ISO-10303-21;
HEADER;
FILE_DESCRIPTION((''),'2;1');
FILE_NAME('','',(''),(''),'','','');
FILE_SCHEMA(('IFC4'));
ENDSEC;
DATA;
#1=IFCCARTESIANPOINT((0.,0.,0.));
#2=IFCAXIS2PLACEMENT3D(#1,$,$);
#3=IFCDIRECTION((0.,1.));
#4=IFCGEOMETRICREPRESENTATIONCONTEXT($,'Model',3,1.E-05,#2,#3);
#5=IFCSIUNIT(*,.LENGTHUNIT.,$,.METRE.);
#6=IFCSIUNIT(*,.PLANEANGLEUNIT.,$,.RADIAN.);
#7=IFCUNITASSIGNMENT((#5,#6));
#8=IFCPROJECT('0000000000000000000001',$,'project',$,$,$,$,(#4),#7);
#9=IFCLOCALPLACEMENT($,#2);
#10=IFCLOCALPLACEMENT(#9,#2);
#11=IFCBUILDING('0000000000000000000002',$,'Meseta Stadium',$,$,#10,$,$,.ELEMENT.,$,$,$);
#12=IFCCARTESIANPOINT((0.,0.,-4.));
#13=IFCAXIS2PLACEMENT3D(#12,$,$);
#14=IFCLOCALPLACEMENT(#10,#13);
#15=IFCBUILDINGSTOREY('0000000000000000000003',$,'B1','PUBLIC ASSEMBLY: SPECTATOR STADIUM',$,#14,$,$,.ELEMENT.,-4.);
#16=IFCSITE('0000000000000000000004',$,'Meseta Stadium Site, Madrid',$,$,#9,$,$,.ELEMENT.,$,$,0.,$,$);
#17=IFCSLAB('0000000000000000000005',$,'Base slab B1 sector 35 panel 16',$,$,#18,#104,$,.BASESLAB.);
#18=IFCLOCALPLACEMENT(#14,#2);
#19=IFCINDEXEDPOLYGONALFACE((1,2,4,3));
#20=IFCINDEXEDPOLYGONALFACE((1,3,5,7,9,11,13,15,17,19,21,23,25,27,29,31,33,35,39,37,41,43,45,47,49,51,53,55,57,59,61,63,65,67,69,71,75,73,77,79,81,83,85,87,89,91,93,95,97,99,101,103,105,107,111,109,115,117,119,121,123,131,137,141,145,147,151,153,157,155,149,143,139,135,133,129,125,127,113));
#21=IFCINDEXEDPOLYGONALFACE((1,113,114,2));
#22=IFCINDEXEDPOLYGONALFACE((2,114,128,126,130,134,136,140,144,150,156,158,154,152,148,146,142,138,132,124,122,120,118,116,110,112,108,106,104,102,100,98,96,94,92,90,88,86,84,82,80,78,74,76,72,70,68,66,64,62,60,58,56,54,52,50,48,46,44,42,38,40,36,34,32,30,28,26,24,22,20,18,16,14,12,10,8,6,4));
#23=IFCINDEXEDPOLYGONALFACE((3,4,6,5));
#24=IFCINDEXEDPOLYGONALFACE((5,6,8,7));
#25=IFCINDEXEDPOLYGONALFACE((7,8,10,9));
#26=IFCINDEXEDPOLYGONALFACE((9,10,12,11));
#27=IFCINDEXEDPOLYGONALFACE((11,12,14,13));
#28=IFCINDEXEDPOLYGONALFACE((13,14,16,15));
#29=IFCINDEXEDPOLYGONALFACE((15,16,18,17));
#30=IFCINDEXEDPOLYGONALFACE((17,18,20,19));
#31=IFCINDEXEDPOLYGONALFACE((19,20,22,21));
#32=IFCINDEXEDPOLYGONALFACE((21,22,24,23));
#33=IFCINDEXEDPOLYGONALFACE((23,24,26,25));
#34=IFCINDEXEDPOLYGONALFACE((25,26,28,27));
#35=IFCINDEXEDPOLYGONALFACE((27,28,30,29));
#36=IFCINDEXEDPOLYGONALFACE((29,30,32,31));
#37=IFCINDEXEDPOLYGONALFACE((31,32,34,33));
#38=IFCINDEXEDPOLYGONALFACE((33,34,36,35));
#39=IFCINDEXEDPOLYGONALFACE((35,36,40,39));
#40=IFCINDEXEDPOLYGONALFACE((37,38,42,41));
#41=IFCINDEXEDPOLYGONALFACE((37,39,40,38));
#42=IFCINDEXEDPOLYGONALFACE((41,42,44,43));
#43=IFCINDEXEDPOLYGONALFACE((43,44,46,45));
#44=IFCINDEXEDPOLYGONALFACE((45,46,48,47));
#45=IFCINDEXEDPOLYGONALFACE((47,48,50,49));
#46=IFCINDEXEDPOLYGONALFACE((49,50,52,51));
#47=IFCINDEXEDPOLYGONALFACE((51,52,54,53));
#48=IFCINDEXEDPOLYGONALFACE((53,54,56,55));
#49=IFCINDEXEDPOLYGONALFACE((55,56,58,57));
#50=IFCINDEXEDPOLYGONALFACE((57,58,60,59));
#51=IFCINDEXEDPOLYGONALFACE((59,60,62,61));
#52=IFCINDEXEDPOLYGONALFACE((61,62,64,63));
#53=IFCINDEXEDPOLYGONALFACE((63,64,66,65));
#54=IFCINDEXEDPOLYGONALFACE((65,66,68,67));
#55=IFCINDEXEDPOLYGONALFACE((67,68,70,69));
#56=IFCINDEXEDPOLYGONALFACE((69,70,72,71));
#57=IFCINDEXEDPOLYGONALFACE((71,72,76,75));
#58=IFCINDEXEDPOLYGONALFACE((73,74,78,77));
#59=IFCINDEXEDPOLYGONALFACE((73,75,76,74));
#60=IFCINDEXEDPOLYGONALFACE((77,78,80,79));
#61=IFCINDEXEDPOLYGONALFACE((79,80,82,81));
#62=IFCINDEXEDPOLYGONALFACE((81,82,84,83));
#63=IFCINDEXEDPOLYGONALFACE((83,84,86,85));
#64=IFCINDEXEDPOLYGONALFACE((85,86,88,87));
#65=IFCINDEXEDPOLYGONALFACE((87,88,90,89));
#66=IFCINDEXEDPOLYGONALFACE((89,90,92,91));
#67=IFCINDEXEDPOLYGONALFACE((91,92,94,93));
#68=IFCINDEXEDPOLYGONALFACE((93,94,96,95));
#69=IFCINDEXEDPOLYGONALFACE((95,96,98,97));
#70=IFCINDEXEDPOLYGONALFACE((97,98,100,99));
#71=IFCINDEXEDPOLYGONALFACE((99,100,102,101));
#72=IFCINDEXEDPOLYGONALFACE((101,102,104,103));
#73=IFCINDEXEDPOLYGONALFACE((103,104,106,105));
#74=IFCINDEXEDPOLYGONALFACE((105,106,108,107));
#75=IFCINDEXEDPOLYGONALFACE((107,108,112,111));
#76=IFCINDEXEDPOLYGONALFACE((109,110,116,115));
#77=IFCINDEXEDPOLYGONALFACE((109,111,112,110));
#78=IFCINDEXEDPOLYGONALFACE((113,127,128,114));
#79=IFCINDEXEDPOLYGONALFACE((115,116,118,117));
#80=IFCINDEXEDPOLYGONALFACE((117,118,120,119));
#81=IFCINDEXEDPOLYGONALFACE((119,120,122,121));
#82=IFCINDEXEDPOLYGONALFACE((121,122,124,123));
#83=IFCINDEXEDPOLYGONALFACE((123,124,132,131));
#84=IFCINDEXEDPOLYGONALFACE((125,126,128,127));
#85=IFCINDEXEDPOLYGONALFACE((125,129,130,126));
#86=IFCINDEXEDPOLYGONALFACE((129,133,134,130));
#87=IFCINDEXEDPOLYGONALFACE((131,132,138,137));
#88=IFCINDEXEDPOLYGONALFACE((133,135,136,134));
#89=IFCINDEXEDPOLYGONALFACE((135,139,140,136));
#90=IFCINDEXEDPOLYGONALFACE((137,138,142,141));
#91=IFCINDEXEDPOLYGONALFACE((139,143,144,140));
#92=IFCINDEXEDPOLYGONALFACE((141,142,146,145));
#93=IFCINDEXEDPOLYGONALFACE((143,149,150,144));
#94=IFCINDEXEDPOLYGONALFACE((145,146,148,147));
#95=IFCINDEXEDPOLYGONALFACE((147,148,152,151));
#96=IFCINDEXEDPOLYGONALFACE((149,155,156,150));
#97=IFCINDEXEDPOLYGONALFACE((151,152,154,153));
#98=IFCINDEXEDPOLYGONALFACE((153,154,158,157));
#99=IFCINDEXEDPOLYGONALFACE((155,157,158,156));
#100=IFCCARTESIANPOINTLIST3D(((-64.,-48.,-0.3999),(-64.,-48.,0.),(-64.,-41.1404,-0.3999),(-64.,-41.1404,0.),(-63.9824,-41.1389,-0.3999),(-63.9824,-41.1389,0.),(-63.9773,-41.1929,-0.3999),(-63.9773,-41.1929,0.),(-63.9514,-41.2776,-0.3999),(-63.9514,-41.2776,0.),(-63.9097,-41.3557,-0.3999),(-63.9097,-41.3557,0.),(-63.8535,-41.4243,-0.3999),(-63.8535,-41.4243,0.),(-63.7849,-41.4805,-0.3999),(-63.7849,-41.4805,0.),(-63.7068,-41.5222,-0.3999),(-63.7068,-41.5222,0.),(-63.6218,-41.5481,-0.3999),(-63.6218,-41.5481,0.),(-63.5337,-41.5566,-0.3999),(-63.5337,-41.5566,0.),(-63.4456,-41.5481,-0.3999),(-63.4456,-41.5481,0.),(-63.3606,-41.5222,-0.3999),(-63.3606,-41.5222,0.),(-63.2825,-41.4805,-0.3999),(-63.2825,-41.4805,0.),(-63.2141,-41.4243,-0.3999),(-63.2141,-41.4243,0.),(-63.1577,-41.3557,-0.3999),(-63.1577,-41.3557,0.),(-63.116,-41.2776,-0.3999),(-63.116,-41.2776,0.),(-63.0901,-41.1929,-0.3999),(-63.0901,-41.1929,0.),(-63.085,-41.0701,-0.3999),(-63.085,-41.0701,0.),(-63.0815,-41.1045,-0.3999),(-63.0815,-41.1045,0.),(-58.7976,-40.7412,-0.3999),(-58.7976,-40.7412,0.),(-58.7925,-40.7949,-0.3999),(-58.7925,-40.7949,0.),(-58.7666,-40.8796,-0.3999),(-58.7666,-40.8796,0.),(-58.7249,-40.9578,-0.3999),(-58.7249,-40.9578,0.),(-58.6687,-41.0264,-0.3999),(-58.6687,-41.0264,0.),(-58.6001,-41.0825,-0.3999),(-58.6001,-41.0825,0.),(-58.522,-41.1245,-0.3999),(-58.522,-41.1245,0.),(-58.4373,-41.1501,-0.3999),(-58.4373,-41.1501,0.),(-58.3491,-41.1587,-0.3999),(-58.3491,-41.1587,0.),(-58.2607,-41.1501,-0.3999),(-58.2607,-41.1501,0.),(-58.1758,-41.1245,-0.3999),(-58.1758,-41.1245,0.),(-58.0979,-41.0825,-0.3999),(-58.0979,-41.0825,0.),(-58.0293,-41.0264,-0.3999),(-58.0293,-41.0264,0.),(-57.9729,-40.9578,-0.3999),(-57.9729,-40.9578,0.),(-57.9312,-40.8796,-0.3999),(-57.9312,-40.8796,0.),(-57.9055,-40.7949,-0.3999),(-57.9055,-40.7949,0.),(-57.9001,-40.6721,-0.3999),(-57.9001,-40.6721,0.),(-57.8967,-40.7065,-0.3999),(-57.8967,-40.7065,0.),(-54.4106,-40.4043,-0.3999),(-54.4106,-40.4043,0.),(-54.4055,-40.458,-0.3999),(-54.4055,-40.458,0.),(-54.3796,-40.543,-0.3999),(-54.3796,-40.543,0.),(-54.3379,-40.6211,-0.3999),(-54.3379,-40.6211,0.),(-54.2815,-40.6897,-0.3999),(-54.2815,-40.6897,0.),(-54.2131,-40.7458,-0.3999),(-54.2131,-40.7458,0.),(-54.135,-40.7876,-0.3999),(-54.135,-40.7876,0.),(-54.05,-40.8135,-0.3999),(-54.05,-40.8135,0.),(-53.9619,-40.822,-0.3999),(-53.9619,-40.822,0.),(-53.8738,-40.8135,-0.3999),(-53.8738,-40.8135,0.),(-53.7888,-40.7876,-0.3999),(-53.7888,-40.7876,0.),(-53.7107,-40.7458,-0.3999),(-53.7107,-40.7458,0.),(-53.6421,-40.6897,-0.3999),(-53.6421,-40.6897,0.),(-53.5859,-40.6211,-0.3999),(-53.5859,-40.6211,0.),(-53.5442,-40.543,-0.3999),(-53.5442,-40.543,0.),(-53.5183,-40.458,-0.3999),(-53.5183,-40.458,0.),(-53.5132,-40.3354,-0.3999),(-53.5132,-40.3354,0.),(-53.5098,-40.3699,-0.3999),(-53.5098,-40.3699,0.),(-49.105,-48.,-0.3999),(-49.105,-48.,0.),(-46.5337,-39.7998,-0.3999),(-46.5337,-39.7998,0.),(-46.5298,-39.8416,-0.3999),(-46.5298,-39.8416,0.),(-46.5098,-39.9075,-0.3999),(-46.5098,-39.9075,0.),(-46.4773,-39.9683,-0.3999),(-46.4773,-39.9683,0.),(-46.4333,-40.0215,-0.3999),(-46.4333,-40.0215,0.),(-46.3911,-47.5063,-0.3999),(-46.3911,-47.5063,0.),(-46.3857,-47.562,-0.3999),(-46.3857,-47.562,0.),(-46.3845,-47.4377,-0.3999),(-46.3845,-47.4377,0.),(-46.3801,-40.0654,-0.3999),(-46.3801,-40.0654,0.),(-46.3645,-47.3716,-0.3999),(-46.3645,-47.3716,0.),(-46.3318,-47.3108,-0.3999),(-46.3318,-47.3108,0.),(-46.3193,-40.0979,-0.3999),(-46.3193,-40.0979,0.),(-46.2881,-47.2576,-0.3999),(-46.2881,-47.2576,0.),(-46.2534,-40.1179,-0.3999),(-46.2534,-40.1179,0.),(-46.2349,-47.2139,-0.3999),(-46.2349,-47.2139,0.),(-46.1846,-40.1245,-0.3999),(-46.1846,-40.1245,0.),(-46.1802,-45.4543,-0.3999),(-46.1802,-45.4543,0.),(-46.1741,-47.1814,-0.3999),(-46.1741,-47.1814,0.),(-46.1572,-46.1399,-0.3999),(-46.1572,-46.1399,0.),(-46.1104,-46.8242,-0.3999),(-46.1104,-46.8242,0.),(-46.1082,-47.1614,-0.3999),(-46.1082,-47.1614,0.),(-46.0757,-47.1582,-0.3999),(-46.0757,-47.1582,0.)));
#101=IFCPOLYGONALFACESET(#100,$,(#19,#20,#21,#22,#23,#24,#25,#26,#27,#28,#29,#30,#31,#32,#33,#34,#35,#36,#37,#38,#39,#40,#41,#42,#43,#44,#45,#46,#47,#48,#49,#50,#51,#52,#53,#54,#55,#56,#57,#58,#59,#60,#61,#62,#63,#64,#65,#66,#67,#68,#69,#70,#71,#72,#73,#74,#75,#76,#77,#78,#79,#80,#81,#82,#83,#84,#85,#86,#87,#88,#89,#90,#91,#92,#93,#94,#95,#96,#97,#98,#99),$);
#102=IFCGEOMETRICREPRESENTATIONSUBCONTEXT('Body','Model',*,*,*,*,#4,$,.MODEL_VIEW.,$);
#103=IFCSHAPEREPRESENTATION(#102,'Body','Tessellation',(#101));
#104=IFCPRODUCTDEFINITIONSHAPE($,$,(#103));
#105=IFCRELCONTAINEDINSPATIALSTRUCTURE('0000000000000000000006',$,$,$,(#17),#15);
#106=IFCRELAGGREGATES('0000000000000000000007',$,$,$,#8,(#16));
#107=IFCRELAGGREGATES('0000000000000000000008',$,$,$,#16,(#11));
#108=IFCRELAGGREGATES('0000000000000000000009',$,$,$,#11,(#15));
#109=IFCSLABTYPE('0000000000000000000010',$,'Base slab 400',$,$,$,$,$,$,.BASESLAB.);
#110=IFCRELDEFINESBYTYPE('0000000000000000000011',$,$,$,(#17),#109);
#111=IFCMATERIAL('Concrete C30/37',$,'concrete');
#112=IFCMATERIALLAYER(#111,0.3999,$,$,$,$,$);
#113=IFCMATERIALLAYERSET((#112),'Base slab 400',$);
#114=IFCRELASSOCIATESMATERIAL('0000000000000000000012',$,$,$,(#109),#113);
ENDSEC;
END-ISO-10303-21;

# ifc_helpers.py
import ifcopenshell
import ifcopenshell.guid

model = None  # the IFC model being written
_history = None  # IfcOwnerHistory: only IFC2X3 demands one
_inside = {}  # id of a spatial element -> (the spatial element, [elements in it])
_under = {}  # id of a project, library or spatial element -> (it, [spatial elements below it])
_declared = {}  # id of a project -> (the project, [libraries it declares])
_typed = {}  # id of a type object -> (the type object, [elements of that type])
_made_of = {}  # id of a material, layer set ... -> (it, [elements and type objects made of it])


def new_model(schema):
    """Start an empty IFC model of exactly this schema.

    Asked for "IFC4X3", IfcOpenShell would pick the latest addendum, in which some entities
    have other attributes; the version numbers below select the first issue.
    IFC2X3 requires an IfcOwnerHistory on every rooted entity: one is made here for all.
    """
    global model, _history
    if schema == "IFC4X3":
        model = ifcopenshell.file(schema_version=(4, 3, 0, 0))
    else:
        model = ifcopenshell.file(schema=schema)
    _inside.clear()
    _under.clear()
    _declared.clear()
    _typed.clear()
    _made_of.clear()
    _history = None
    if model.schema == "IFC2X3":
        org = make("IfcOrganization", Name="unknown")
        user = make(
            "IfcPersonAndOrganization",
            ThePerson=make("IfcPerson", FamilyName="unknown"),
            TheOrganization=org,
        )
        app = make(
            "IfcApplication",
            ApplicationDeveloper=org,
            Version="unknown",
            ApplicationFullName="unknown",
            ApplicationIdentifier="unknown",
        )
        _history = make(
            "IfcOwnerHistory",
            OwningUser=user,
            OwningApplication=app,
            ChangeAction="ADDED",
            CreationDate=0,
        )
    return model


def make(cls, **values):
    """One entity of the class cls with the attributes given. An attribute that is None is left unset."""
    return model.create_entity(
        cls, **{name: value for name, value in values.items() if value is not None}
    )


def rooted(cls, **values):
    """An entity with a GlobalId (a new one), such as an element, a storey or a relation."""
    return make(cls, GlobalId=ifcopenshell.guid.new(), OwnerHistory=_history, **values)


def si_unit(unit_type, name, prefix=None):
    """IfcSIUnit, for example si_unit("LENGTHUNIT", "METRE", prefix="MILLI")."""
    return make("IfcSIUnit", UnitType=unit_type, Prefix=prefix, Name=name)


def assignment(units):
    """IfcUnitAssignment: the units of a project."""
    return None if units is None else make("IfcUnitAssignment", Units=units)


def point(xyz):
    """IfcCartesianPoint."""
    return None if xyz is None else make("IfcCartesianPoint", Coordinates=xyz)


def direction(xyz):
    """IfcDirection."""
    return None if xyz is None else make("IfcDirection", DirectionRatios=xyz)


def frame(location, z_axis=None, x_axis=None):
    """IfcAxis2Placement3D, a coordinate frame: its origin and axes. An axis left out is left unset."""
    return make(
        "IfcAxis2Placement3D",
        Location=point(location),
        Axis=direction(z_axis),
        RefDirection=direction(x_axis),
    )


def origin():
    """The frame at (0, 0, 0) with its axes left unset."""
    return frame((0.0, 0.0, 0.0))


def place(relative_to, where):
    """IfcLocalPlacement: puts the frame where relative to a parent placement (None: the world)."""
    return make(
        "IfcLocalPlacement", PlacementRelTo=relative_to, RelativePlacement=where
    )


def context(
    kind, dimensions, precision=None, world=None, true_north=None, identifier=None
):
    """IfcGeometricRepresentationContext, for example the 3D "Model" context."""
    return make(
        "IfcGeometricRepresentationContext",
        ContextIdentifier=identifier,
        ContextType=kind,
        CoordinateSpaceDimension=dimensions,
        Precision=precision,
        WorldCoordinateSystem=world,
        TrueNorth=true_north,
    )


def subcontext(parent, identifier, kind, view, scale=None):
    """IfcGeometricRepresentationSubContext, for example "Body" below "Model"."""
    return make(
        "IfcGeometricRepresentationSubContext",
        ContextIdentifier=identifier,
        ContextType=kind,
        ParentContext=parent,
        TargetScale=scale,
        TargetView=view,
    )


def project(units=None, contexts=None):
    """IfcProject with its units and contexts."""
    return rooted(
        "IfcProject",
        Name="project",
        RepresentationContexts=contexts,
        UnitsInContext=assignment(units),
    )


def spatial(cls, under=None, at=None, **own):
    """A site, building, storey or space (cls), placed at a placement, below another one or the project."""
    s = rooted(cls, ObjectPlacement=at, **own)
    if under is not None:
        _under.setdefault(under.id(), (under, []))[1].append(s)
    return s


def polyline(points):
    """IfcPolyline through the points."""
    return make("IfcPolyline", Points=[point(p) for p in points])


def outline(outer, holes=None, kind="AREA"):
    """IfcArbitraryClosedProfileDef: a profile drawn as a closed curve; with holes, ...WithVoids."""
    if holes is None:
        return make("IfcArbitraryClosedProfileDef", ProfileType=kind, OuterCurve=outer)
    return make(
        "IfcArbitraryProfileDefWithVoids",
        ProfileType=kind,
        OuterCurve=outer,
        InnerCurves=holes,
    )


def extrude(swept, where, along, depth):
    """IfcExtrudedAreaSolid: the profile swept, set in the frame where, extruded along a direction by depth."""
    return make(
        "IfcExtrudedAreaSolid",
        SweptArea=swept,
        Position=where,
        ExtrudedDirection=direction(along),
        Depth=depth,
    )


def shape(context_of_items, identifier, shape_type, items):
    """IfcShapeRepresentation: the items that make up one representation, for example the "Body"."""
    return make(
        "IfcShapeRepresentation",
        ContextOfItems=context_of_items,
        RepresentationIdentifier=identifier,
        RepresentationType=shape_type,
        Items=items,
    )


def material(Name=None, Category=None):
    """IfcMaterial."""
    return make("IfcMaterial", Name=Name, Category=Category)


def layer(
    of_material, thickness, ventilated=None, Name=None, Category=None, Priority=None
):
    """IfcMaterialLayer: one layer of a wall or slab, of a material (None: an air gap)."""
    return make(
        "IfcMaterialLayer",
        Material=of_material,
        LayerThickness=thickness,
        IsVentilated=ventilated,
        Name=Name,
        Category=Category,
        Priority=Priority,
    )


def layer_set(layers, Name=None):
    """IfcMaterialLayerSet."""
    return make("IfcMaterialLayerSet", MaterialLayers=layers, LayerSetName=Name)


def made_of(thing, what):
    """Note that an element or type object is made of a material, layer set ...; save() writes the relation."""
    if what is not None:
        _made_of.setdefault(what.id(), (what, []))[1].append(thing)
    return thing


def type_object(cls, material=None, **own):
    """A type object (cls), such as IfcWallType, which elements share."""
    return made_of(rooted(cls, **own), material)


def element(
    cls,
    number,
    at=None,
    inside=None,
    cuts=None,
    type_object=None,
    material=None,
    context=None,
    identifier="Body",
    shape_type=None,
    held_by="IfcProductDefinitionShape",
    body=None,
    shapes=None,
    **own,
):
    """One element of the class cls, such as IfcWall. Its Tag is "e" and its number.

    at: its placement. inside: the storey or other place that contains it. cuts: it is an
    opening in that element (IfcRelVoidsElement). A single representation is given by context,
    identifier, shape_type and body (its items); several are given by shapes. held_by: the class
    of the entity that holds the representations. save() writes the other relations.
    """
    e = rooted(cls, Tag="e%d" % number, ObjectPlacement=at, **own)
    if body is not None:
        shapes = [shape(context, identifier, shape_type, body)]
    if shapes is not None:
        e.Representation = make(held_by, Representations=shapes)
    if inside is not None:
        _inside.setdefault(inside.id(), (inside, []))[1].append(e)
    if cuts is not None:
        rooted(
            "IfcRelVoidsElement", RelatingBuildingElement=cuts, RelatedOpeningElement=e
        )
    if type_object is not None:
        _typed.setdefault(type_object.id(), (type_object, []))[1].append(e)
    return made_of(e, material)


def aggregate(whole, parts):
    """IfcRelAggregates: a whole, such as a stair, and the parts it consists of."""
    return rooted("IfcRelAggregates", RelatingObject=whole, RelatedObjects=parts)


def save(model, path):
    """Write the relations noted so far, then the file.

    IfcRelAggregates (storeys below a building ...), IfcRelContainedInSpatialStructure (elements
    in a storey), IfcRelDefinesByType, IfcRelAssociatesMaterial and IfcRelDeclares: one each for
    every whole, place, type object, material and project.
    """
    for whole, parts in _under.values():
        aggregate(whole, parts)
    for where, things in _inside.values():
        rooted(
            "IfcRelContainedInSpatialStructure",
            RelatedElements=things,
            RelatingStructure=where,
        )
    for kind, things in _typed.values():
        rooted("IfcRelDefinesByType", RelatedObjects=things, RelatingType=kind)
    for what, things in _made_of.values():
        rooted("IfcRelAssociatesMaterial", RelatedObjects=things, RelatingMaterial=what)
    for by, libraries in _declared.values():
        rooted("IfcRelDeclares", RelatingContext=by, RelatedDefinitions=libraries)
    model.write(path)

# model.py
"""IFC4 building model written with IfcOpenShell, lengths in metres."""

from ifc_helpers import new_model, si_unit, direction, frame, origin, place, context, subcontext, project, spatial, polyline, outline, extrude, material, layer, layer_set, type_object, element, save


model = new_model("IFC4")

# Units and contexts
model_context = context("Model", 3, precision=1e-05, world=origin(), true_north=direction((0.0, 1.0)))
body_context = subcontext(model_context, "Body", "Model", "MODEL_VIEW")
ifc_project = project(units=[si_unit("LENGTHUNIT", "METRE"), si_unit("PLANEANGLEUNIT", "RADIAN")], contexts=[model_context])

# Site, building, storey
site_placement = place(None, origin())
site = spatial("IfcSite", under=ifc_project, at=site_placement, Name="Meseta Stadium Site, Madrid", CompositionType="ELEMENT", RefElevation=0.0)
building_placement = place(site_placement, origin())
building = spatial("IfcBuilding", under=site, at=building_placement, Name="Meseta Stadium", CompositionType="ELEMENT")
storey_placement = place(building_placement, frame((0.0, 0.0, -4.0)))
storey = spatial("IfcBuildingStorey", under=building, at=storey_placement, Name="B1", Description="PUBLIC ASSEMBLY: SPECTATOR STADIUM", CompositionType="ELEMENT", Elevation=-4.0)

# Slab
ifc_material = material(Name="Concrete C30/37", Category="concrete")
ifc_layer = layer(ifc_material, 0.3999)
ifc_layer_set = layer_set([ifc_layer], Name="Base slab 400")
slab_type = type_object("IfcSlabType", Name="Base slab 400", PredefinedType="BASESLAB", material=ifc_layer_set)
slab_1_placement = place(storey_placement, frame((0.0, 0.0, -0.3999)))
element("IfcSlab", 1, at=slab_1_placement, inside=storey, type_object=slab_type, Name="Base slab B1 sector 35 panel 16", PredefinedType="BASESLAB", context=body_context, shape_type="SweptSolid", body=[
    extrude(outline(polyline([(-63.8535, -41.4243), (-63.9097, -41.3557), (-63.9514, -41.2776), (-63.9773, -41.1929), (-63.9824, -41.1389), (-64.0, -41.1404), (-64.0, -48.0), (-49.105, -48.0), (-46.3857, -47.562), (-46.3911, -47.5063), (-46.3845, -47.4377), (-46.3645, -47.3716), (-46.3318, -47.3108), (-46.2881, -47.2576), (-46.2349, -47.2139), (-46.1741, -47.1814), (-46.1082, -47.1614), (-46.0757, -47.1582), (-46.1104, -46.8242), (-46.1572, -46.1399), (-46.1802, -45.4543), (-46.1846, -40.1245), (-46.2534, -40.1179), (-46.3193, -40.0979), (-46.3801, -40.0654), (-46.4333, -40.0215), (-46.4773, -39.9683), (-46.5098, -39.9075), (-46.5298, -39.8416), (-46.5337, -39.7998), (-53.5132, -40.3354), (-53.5098, -40.3699), (-53.5183, -40.458), (-53.5442, -40.543), (-53.5859, -40.6211), (-53.6421, -40.6897), (-53.7107, -40.7458), (-53.7888, -40.7876), (-53.8738, -40.8135), (-53.9619, -40.822), (-54.05, -40.8135), (-54.135, -40.7876), (-54.2131, -40.7458), (-54.2815, -40.6897), (-54.3379, -40.6211), (-54.3796, -40.543), (-54.4055, -40.458), (-54.4106, -40.4043), (-57.9001, -40.6721), (-57.8967, -40.7065), (-57.9055, -40.7949), (-57.9312, -40.8796), (-57.9729, -40.9578), (-58.0293, -41.0264), (-58.0979, -41.0825), (-58.1758, -41.1245), (-58.2607, -41.1501), (-58.3491, -41.1587), (-58.4373, -41.1501), (-58.522, -41.1245), (-58.6001, -41.0825), (-58.6687, -41.0264), (-58.7249, -40.9578), (-58.7666, -40.8796), (-58.7925, -40.7949), (-58.7976, -40.7412), (-63.085, -41.0701), (-63.0815, -41.1045), (-63.0901, -41.1929), (-63.116, -41.2776), (-63.1577, -41.3557), (-63.2141, -41.4243), (-63.2825, -41.4805), (-63.3606, -41.5222), (-63.4456, -41.5481), (-63.5337, -41.5566), (-63.6218, -41.5481), (-63.7068, -41.5222), (-63.7849, -41.4805), (-63.8535, -41.4243)])), origin(), (0.0, 0.0, 1.0), 0.3999),
])

save(model, "model.ifc")
